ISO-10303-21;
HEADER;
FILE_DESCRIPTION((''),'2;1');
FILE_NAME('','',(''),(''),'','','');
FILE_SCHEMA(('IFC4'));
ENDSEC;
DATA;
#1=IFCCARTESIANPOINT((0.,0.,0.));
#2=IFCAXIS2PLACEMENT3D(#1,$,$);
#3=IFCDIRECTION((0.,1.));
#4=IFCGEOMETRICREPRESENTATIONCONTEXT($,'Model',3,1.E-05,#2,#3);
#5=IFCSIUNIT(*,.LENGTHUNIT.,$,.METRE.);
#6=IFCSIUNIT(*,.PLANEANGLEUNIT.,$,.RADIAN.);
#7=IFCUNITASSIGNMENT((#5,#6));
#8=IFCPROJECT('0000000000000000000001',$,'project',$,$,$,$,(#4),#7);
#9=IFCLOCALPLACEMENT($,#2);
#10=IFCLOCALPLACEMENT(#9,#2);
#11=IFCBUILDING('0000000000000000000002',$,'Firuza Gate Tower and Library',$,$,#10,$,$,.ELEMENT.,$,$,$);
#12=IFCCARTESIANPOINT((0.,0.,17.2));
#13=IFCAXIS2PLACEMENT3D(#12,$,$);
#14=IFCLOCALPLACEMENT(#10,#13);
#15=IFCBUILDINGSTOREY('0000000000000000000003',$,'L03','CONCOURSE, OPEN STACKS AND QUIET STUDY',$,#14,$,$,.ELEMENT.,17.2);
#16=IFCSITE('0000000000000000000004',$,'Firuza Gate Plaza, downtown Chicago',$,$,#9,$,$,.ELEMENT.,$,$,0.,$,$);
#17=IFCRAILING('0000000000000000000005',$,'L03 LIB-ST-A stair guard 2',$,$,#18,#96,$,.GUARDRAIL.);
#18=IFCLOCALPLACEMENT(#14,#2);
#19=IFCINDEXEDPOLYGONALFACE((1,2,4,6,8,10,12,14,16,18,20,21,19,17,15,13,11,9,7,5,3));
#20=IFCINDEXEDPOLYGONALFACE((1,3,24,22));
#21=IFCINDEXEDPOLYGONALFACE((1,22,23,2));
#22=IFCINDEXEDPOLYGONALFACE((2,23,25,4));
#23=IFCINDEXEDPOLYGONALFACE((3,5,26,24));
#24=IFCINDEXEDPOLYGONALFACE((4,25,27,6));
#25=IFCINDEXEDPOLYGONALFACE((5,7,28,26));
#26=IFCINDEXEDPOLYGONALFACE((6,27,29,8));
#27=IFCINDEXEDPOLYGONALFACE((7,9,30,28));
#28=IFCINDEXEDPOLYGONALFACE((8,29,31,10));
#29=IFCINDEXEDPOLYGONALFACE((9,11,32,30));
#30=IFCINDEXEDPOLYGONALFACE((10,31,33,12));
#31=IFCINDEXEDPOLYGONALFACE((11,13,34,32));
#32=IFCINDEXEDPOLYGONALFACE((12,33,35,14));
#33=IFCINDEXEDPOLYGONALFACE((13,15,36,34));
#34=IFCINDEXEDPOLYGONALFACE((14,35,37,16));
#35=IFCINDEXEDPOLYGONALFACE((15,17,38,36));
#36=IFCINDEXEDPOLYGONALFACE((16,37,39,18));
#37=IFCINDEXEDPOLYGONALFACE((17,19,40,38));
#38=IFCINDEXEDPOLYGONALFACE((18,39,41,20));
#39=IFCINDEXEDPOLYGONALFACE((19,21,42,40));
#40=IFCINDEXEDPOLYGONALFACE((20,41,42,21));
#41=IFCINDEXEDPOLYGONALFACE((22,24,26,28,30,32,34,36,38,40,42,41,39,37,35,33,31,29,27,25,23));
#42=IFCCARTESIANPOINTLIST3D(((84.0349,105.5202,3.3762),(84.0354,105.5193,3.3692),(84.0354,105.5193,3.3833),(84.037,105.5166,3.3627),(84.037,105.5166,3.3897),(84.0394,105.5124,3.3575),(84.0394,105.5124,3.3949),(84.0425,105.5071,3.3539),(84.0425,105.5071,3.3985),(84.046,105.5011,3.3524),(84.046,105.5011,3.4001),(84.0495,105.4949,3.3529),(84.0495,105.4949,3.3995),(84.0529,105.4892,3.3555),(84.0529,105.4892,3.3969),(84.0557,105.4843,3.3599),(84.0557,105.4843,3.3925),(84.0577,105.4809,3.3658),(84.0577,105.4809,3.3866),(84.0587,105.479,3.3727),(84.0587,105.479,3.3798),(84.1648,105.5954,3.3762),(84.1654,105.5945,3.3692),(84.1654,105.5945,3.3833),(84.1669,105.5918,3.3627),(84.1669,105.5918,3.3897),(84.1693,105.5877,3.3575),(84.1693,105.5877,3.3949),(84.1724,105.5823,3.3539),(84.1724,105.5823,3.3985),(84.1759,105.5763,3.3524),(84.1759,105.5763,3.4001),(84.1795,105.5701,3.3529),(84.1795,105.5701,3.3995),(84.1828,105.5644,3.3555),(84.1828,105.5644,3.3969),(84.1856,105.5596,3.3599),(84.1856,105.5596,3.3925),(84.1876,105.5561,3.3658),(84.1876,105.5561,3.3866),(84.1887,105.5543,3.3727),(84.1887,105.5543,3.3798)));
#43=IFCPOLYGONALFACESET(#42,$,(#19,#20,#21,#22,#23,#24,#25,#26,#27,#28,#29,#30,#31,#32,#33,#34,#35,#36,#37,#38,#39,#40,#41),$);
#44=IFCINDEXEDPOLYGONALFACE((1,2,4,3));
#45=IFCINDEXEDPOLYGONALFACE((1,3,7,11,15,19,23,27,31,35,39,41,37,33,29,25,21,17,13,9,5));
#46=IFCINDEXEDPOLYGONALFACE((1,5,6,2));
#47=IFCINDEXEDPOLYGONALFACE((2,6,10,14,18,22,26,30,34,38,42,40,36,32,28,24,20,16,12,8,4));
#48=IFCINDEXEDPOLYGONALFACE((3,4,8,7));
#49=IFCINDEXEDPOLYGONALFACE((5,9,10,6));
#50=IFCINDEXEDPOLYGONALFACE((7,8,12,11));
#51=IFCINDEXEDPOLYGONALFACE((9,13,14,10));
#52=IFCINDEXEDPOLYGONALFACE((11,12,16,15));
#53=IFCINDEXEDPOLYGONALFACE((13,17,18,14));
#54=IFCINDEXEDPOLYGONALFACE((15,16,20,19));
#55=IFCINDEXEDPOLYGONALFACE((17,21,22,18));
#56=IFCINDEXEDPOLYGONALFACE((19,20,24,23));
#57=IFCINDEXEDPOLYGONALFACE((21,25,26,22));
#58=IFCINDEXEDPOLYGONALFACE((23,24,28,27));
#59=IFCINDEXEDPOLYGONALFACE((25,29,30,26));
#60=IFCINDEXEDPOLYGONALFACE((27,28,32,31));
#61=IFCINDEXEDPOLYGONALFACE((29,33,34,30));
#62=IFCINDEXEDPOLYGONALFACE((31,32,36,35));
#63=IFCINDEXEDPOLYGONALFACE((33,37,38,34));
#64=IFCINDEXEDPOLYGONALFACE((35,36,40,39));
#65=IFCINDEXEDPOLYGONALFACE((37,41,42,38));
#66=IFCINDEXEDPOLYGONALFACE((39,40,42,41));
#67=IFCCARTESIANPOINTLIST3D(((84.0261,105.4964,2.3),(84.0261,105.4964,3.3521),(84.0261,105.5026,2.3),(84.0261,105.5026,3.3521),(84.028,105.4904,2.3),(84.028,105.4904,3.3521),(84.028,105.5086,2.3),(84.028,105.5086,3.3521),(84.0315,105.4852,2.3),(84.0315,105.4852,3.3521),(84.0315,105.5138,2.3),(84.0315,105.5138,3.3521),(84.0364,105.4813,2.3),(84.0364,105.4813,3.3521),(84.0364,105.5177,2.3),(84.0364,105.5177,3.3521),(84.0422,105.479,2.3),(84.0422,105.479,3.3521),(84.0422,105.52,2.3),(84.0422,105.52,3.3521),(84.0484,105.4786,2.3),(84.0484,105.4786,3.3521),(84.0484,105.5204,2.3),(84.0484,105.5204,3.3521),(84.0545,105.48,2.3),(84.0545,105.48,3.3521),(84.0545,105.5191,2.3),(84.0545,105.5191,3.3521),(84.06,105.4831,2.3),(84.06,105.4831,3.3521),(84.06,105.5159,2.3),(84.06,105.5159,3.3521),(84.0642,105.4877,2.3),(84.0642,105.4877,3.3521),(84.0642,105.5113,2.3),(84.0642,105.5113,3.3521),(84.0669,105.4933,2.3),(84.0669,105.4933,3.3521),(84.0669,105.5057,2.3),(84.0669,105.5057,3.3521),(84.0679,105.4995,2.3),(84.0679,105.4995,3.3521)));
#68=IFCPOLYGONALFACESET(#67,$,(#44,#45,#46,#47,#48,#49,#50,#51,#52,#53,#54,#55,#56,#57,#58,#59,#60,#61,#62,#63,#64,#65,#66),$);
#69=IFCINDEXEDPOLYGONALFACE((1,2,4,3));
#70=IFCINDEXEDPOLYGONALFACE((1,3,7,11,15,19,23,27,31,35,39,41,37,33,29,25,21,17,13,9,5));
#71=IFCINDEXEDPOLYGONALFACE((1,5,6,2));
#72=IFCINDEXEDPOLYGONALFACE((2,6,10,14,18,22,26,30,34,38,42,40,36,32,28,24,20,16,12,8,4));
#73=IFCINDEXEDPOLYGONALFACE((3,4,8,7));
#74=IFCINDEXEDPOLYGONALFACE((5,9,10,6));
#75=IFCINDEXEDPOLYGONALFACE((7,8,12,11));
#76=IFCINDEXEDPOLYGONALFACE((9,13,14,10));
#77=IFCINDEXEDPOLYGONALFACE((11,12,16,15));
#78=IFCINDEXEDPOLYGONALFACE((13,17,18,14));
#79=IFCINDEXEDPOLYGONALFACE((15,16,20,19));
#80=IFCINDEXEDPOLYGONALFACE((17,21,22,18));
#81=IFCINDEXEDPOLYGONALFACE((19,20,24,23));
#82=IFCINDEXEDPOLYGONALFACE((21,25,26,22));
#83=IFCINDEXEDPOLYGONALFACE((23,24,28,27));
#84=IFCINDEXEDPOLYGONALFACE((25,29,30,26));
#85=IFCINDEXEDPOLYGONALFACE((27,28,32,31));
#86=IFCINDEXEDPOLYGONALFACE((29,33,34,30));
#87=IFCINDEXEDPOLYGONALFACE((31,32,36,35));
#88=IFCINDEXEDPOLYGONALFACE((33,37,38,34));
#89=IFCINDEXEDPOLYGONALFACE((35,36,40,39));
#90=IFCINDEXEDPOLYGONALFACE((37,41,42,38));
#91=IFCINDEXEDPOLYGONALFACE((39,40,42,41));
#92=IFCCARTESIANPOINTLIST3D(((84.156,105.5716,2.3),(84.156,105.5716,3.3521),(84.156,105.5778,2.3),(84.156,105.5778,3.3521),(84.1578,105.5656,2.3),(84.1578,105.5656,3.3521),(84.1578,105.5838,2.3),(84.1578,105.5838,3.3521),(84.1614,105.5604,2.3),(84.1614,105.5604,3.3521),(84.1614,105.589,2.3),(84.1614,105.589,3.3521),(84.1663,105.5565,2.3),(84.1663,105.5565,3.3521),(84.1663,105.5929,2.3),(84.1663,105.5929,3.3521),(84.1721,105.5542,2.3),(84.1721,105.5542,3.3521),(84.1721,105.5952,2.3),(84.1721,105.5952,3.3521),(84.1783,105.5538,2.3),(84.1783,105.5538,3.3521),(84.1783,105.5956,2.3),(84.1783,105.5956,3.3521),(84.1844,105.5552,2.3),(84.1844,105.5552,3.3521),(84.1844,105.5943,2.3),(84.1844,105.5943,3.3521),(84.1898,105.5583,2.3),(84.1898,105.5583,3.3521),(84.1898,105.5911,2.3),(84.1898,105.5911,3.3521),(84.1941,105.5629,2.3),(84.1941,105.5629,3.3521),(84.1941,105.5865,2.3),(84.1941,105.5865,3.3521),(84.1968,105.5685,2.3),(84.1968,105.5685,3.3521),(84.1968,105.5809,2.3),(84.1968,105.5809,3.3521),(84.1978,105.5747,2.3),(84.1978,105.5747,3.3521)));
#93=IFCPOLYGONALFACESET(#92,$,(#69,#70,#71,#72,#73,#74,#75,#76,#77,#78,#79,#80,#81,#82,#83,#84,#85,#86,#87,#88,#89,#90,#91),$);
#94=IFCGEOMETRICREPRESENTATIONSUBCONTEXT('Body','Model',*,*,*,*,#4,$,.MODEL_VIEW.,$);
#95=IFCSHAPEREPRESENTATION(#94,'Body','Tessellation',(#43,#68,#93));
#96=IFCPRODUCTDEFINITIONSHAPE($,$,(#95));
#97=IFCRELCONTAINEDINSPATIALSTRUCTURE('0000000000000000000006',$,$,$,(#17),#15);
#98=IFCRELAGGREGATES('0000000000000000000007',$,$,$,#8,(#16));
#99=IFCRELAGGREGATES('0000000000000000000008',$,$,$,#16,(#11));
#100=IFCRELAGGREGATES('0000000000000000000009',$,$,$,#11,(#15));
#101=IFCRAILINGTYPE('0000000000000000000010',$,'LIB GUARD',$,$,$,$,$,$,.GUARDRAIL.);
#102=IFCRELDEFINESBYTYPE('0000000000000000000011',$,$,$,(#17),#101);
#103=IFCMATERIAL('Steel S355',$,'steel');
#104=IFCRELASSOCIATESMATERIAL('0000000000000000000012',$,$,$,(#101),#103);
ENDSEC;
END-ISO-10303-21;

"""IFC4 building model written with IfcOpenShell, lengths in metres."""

from ifc_helpers import new_model, si_unit, direction, frame, origin, origin_2d, place, context, subcontext, project, spatial, circle, extrude, material, type_object, element, save


model = new_model("IFC4")

# Units and contexts
model_context = context("Model", 3, precision=1e-05, world=origin(), true_north=direction((0.0, 1.0)))
body_context = subcontext(model_context, "Body", "Model", "MODEL_VIEW")
ifc_project = project(units=[si_unit("LENGTHUNIT", "METRE"), si_unit("PLANEANGLEUNIT", "RADIAN")], contexts=[model_context])

# Site, building, storey
site_placement = place(None, origin())
site = spatial("IfcSite", under=ifc_project, at=site_placement, Name="Firuza Gate Plaza, downtown Chicago", CompositionType="ELEMENT", RefElevation=0.0)
building_placement = place(site_placement, origin())
building = spatial("IfcBuilding", under=site, at=building_placement, Name="Firuza Gate Tower and Library", CompositionType="ELEMENT")
storey_placement = place(building_placement, frame((0.0, 0.0, 17.2)))
storey = spatial("IfcBuildingStorey", under=building, at=storey_placement, Name="L03", Description="CONCOURSE, OPEN STACKS AND QUIET STUDY", CompositionType="ELEMENT", Elevation=17.2)

# Railing
ifc_material_1 = material(Name="Steel S355", Category="steel")
railing_type_1 = type_object("IfcRailingType", Name="LIB GUARD", PredefinedType="GUARDRAIL", material=ifc_material_1)
railing_1_placement = place(storey_placement, frame((84.0469, 105.4995, 2.3)))
element("IfcRailing", 1, at=railing_1_placement, inside=storey, type_object=railing_type_1, Name="L03 LIB-ST-A stair guard 2", PredefinedType="GUARDRAIL", context=body_context, shape_type="SweptSolid", body=[
    extrude(circle(Radius=0.0239, at=origin_2d()), frame((0.0, 0.0, 1.0762), z_axis=(0.865426, 0.501036, 0.0), x_axis=(-0.501036, 0.865426, 0.0)), (0.0, 0.0, 1.0), 0.1501),
    extrude(circle(Radius=0.021, at=origin_2d()), origin(), (0.0, 0.0, 1.0), 1.052),
    extrude(circle(Radius=0.021, at=origin_2d()), frame((0.1299, 0.0752, 0.0)), (0.0, 0.0, 1.0), 1.052),
])

save(model, "model.ifc")
